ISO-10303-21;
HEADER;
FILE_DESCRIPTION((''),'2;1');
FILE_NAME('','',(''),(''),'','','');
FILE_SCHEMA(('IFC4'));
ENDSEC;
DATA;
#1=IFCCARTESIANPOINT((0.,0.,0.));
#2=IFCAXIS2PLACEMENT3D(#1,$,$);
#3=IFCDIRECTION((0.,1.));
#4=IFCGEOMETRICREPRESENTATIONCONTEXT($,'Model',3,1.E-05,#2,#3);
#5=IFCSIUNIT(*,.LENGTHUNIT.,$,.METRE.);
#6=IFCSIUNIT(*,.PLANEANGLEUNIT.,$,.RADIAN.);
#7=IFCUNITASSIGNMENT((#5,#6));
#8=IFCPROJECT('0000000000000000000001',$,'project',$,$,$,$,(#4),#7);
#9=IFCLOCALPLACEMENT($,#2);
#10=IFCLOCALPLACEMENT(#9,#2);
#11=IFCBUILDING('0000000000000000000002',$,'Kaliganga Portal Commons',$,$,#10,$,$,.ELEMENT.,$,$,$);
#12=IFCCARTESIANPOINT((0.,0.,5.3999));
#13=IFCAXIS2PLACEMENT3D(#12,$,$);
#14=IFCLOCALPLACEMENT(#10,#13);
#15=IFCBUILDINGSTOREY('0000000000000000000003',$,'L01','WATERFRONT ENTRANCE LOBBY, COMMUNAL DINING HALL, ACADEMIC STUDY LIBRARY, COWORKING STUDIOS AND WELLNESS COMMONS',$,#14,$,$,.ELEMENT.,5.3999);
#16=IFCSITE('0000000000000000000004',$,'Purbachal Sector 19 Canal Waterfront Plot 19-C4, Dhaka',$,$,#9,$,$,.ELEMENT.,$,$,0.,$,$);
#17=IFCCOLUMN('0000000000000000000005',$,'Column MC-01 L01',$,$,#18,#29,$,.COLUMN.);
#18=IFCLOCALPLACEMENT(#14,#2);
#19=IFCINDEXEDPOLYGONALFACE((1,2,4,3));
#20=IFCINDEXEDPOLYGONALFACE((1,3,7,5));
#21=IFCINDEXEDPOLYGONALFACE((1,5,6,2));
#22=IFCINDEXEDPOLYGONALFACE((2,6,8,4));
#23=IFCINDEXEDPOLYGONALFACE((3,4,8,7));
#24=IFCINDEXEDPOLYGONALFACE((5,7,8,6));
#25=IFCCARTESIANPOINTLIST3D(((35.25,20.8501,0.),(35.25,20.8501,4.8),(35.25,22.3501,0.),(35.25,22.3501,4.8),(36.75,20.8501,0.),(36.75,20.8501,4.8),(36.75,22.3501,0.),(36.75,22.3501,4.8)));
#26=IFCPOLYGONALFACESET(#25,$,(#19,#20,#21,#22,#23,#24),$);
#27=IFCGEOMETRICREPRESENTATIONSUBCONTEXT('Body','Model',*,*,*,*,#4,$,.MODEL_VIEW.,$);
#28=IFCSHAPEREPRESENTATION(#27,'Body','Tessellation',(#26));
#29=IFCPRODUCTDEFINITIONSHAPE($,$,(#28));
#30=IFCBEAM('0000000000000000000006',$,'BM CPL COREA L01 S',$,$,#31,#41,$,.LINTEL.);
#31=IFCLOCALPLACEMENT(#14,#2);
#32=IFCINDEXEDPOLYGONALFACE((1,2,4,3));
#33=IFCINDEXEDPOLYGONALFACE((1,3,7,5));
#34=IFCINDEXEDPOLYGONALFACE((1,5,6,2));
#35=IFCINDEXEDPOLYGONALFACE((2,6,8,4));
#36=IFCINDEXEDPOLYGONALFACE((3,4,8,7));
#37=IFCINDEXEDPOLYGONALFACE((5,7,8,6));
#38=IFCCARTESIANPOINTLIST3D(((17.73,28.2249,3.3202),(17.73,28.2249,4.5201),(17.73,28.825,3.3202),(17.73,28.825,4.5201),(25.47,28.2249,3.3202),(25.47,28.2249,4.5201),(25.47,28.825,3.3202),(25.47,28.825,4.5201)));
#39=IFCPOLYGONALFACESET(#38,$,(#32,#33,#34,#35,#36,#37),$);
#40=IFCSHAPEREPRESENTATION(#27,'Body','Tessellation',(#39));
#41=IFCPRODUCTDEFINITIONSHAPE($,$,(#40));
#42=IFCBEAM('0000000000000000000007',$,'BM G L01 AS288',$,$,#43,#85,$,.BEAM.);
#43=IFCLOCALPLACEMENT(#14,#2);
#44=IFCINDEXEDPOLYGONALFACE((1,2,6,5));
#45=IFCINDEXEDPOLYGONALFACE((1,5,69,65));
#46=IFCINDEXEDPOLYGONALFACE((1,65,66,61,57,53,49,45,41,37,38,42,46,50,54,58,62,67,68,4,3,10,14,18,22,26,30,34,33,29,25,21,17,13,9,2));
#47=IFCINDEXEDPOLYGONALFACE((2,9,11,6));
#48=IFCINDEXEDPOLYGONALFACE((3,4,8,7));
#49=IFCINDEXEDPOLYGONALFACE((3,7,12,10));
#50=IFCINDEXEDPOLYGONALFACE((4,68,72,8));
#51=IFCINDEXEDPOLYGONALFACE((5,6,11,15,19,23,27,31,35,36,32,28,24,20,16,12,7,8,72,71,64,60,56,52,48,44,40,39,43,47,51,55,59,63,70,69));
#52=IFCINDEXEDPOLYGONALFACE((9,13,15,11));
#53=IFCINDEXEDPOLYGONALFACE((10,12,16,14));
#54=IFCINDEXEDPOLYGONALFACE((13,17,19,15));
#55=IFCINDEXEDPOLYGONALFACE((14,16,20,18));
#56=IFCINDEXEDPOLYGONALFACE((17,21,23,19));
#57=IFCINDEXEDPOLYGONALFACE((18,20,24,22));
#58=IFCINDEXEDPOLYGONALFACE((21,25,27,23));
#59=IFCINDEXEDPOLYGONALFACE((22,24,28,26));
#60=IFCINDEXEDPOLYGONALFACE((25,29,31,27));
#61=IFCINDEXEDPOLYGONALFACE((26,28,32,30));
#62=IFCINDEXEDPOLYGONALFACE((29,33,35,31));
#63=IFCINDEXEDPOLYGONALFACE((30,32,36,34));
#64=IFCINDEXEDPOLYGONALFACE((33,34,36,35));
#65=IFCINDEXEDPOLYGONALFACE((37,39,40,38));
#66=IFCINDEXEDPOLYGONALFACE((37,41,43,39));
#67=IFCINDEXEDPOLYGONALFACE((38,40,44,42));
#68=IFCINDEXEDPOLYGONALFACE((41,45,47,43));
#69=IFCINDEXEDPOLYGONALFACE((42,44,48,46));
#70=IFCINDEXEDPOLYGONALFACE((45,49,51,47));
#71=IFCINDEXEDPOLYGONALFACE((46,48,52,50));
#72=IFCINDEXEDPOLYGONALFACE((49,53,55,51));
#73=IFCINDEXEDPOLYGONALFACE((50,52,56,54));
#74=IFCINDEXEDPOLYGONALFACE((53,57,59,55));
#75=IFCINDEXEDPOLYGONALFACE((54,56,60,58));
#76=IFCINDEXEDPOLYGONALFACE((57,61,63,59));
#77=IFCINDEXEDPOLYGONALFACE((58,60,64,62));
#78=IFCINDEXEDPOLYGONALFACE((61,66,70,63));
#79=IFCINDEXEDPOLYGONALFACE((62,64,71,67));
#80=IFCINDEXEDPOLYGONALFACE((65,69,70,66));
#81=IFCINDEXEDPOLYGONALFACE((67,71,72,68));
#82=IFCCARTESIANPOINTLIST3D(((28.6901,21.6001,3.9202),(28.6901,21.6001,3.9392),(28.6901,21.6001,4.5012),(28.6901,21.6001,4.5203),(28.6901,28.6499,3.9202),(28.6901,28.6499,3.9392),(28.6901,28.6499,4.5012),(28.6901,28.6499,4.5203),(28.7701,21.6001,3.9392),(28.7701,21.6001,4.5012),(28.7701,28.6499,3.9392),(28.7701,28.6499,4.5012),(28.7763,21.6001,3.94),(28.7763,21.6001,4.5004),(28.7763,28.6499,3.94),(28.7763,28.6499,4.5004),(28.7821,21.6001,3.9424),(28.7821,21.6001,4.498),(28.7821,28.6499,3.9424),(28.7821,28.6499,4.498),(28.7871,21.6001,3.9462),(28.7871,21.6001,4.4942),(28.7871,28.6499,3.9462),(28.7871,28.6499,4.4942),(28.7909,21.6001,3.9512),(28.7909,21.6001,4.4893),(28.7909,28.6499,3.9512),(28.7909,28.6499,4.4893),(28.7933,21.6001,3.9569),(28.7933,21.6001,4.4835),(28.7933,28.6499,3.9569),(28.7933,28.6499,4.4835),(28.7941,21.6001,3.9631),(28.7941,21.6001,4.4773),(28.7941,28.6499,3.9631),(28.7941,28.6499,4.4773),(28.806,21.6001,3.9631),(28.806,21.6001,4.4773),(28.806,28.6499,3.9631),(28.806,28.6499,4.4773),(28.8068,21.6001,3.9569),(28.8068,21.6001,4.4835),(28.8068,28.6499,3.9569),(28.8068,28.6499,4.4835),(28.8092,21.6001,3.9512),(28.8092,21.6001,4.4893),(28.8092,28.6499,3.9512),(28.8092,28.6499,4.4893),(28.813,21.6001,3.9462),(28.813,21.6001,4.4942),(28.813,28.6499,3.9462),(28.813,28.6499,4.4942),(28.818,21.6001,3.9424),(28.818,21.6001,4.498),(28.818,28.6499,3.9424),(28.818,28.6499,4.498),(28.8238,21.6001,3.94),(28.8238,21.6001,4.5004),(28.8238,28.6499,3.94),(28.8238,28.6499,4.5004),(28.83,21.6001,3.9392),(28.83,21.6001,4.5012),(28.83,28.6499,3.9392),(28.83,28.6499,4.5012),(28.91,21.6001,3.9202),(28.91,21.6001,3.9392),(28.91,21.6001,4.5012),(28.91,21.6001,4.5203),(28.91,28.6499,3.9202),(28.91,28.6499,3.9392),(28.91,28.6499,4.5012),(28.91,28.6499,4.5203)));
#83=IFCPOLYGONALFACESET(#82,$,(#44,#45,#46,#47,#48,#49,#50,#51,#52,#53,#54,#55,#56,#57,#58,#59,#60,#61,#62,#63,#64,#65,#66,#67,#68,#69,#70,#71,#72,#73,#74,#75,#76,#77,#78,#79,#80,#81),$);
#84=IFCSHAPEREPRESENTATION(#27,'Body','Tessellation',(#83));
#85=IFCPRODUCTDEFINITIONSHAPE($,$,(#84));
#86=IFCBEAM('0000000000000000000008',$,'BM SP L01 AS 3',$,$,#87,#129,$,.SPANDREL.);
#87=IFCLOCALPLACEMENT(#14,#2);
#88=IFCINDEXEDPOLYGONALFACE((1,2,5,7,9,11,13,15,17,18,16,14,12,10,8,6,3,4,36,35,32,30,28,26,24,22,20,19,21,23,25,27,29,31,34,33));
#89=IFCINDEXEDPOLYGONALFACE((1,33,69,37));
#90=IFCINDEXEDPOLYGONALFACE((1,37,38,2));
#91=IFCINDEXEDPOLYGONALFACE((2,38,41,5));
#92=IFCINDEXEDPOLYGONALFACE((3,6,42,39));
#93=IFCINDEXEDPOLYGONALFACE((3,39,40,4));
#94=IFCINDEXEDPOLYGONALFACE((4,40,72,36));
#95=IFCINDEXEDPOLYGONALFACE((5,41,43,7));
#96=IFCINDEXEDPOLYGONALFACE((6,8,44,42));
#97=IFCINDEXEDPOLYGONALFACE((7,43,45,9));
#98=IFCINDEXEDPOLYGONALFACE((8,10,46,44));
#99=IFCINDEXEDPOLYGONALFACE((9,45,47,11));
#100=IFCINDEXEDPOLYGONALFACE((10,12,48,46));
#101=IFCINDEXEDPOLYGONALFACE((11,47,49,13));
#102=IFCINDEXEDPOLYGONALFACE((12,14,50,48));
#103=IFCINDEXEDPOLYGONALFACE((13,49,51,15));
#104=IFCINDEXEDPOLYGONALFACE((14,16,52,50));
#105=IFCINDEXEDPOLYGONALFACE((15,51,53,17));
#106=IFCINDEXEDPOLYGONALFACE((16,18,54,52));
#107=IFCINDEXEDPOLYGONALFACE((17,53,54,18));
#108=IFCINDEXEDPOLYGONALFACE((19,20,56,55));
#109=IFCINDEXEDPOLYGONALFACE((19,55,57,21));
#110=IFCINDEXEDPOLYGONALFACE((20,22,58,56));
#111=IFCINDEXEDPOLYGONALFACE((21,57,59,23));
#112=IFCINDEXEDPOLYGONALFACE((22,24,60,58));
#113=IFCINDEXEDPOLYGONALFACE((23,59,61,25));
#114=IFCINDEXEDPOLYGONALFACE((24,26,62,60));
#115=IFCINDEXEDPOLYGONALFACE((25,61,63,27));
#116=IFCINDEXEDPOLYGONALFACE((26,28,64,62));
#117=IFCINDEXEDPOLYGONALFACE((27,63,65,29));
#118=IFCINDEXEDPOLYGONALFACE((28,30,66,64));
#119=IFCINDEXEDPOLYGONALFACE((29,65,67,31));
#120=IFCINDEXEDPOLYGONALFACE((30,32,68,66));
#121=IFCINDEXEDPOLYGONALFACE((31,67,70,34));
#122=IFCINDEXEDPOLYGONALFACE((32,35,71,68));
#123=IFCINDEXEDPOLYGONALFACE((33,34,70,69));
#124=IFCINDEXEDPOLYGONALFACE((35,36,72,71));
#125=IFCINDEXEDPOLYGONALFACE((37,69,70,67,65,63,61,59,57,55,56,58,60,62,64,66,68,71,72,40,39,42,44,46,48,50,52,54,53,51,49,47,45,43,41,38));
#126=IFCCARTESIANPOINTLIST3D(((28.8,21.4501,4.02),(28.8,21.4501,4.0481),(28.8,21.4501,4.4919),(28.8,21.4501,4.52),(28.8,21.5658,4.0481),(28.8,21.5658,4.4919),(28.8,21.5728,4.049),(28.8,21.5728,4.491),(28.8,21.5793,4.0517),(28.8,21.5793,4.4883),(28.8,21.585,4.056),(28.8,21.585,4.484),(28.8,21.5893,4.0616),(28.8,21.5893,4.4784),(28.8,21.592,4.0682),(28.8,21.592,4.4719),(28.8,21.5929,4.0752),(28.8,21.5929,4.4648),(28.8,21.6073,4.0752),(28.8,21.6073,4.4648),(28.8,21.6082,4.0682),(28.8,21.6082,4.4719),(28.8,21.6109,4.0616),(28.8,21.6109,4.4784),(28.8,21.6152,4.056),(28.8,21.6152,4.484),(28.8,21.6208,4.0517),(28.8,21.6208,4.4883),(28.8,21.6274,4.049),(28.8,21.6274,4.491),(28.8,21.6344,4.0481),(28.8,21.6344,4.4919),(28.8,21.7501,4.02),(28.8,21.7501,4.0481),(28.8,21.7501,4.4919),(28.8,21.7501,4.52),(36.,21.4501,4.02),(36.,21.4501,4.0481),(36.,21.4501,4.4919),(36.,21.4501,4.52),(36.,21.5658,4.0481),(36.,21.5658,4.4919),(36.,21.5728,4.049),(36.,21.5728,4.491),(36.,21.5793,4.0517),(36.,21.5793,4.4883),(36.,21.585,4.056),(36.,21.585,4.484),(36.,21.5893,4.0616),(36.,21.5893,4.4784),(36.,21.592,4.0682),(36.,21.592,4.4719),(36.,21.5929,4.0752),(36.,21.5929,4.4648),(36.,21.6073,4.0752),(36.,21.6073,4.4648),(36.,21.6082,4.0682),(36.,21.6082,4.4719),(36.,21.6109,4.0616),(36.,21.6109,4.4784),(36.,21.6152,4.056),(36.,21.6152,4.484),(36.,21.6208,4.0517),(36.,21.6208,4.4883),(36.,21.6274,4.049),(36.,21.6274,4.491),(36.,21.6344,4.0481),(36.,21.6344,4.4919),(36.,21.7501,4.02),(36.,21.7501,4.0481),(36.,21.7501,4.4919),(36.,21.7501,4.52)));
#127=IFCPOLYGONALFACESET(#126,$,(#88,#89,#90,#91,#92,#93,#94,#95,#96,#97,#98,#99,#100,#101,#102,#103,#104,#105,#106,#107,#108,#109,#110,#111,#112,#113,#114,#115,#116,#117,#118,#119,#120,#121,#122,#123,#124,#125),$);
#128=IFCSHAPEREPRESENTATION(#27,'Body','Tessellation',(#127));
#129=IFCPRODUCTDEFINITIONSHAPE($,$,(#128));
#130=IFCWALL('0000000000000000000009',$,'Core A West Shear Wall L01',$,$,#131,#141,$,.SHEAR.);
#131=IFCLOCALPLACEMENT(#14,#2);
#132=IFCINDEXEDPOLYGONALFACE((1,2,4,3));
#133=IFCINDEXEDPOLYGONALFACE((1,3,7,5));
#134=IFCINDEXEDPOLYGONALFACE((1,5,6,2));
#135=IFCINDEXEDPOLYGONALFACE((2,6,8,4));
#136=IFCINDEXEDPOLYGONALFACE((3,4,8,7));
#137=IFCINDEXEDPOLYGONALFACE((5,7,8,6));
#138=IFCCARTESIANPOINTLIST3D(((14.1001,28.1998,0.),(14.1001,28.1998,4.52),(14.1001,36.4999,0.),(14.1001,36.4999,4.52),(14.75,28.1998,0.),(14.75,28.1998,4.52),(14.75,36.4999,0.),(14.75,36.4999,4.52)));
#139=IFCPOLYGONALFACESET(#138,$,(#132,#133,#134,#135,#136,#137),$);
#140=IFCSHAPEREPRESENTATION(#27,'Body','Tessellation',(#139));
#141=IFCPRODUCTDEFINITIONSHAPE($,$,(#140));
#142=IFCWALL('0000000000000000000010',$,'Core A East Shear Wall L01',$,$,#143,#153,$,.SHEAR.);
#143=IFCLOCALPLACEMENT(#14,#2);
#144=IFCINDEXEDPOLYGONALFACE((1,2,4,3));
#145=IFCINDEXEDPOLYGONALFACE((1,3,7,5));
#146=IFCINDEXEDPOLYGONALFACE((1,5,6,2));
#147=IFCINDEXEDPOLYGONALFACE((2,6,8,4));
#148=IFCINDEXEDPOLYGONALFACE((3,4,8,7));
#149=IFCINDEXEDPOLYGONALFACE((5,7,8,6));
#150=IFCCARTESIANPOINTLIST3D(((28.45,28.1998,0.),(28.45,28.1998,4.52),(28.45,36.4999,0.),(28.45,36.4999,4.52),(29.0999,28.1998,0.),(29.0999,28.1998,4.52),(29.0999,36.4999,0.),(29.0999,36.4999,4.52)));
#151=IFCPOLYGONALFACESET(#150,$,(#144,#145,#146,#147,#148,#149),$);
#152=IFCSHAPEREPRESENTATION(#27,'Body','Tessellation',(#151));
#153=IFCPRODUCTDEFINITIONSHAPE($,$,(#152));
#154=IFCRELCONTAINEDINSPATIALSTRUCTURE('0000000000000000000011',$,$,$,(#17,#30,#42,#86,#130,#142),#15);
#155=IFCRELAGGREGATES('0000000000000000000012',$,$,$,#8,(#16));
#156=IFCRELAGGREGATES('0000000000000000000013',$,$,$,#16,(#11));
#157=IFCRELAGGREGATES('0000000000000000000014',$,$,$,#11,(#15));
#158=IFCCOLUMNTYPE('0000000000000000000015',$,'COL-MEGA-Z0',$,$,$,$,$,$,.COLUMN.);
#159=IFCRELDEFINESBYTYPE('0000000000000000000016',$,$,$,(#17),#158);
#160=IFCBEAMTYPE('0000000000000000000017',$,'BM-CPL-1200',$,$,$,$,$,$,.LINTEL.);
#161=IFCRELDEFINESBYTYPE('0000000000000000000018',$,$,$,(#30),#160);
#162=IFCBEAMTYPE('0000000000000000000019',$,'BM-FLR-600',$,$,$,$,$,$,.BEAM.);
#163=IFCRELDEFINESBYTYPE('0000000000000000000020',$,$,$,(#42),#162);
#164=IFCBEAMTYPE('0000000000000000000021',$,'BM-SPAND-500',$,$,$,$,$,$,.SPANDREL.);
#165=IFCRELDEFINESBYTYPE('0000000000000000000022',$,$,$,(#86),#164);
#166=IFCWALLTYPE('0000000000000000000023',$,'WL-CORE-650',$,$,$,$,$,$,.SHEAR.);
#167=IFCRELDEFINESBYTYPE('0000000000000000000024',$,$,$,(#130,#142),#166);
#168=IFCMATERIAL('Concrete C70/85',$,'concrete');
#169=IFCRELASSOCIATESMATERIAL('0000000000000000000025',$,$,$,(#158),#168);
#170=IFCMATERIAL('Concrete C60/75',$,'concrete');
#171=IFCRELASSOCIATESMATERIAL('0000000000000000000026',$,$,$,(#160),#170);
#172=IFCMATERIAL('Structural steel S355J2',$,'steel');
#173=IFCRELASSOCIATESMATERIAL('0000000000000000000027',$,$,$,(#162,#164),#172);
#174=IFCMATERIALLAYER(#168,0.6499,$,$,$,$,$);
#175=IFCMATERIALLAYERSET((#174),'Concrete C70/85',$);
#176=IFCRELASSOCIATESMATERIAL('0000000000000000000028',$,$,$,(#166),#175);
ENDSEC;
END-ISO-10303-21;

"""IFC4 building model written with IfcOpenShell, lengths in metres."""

from ifc_helpers import new_model, si_unit, direction, frame, frame_2d, origin, origin_2d, place, context, subcontext, project, spatial, rectangle, i_section, extrude, source, transform, mapped, material, layer, layer_set, material_profile, profile_set, type_object, element, save


model = new_model("IFC4")

# Units and contexts
model_context = context("Model", 3, precision=1e-05, world=origin(), true_north=direction((0.0, 1.0)))
body_context = subcontext(model_context, "Body", "Model", "MODEL_VIEW")
ifc_project = project(units=[si_unit("LENGTHUNIT", "METRE"), si_unit("PLANEANGLEUNIT", "RADIAN")], contexts=[model_context])

# Site, building, storey
site_placement = place(None, origin())
site = spatial("IfcSite", under=ifc_project, at=site_placement, Name="Purbachal Sector 19 Canal Waterfront Plot 19-C4, Dhaka", CompositionType="ELEMENT", RefElevation=0.0)
building_placement = place(site_placement, origin())
building = spatial("IfcBuilding", under=site, at=building_placement, Name="Kaliganga Portal Commons", CompositionType="ELEMENT")
storey_placement = place(building_placement, frame((0.0, 0.0, 5.3999)))
storey = spatial("IfcBuildingStorey", under=building, at=storey_placement, Name="L01", Description="WATERFRONT ENTRANCE LOBBY, COMMUNAL DINING HALL, ACADEMIC STUDY LIBRARY, COWORKING STUDIOS AND WELLNESS COMMONS", CompositionType="ELEMENT", Elevation=5.3999)

# Column
ifc_material_1 = material(Name="Concrete C70/85", Category="concrete")
ifc_material_profile_1 = material_profile(ifc_material_1, rectangle(XDim=1.5, YDim=1.5, at=origin_2d()), Name="RC 1500x1500")
ifc_profile_set_1 = profile_set([ifc_material_profile_1], Name="Concrete C70/85")
column_type = type_object("IfcColumnType", Name="COL-MEGA-Z0", PredefinedType="COLUMN", material=ifc_profile_set_1)
shared_shape_1 = source(origin(), body_context, "Body", "SweptSolid", [
    extrude(rectangle(XDim=1.5, YDim=1.5, at=origin_2d()), origin(), (0.0, 0.0, 1.0), 4.8),
])
column_placement = place(storey_placement, frame((36.0, 21.6001, 0.0), z_axis=(0.0, 0.0, 1.0), x_axis=(1.0, 0.0, 0.0)))
element("IfcColumn", 1, at=column_placement, inside=storey, type_object=column_type, Name="Column MC-01 L01", PredefinedType="COLUMN", context=body_context, shape_type="MappedRepresentation", body=[
    mapped(shared_shape_1, transform((0.0, 0.0, 0.0), x_axis=(1.0, 0.0, 0.0), y_axis=(0.0, 1.0, 0.0), z_axis=(0.0, 0.0, 1.0), scale=1.0)),
])

# Beams
ifc_material_2 = material(Name="Concrete C60/75", Category="concrete")
ifc_material_profile_2 = material_profile(ifc_material_2, rectangle(XDim=0.6001, YDim=1.2, at=origin_2d()), Name="RC 600x1200")
ifc_profile_set_2 = profile_set([ifc_material_profile_2], Name="Concrete C60/75")
beam_type_1 = type_object("IfcBeamType", Name="BM-CPL-1200", PredefinedType="LINTEL", material=ifc_profile_set_2)
shared_shape_2 = source(origin(), body_context, "Body", "SweptSolid", [
    extrude(rectangle(XDim=0.6001, YDim=1.2, at=origin_2d()), origin(), (0.0, 0.0, 1.0), 7.74),
])
beam_1_placement = place(storey_placement, frame((17.73, 28.5249, 3.9202), z_axis=(1.0, 0.0, 0.0), x_axis=(0.0, 1.0, 0.0)))
element("IfcBeam", 2, at=beam_1_placement, inside=storey, type_object=beam_type_1, Name="BM CPL COREA L01 S", PredefinedType="LINTEL", context=body_context, shape_type="MappedRepresentation", body=[
    mapped(shared_shape_2, transform((0.0, 0.0, 0.0), x_axis=(1.0, 0.0, 0.0), y_axis=(0.0, 1.0, 0.0), z_axis=(0.0, 0.0, 1.0), scale=1.0)),
])
ifc_material_3 = material(Name="Structural steel S355J2", Category="steel")
ifc_material_profile_3 = material_profile(ifc_material_3, i_section(OverallWidth=0.22, OverallDepth=0.6001, WebThickness=0.012, FlangeThickness=0.019, FilletRadius=0.0239, at=origin_2d()), Name="IPE 600")
ifc_profile_set_3 = profile_set([ifc_material_profile_3], Name="Structural steel S355J2 wide-flange")
beam_type_2 = type_object("IfcBeamType", Name="BM-FLR-600", PredefinedType="BEAM", material=ifc_profile_set_3)
shared_shape_3 = source(origin(), body_context, "Body", "SweptSolid", [
    extrude(i_section(OverallWidth=0.22, OverallDepth=0.6001, WebThickness=0.012, FlangeThickness=0.019, FilletRadius=0.0239, at=origin_2d()), origin(), (0.0, 0.0, 1.0), 7.0498),
])
beam_2_placement = place(storey_placement, frame((28.8, 21.6001, 4.2202), z_axis=(0.0, 1.0, 0.0), x_axis=(-1.0, 0.0, 0.0)))
element("IfcBeam", 3, at=beam_2_placement, inside=storey, type_object=beam_type_2, Name="BM G L01 AS288", PredefinedType="BEAM", context=body_context, shape_type="MappedRepresentation", body=[
    mapped(shared_shape_3, transform((0.0, 0.0, 0.0), x_axis=(1.0, 0.0, 0.0), y_axis=(0.0, 1.0, 0.0), z_axis=(0.0, 0.0, 1.0), scale=1.0)),
])
ifc_material_profile_4 = material_profile(ifc_material_3, i_section(OverallWidth=0.3, OverallDepth=0.5, WebThickness=0.0144, FlangeThickness=0.0281, FilletRadius=0.0271, at=origin_2d()), Name="HE 500 B")
ifc_profile_set_4 = profile_set([ifc_material_profile_4], Name="Structural steel S355J2 wide-flange")
beam_type_3 = type_object("IfcBeamType", Name="BM-SPAND-500", PredefinedType="SPANDREL", material=ifc_profile_set_4)
shared_shape_4 = source(origin(), body_context, "Body", "SweptSolid", [
    extrude(i_section(OverallWidth=0.3, OverallDepth=0.5, WebThickness=0.0144, FlangeThickness=0.0281, FilletRadius=0.0271, at=origin_2d()), origin(), (0.0, 0.0, 1.0), 7.2),
])
beam_3_placement = place(storey_placement, frame((28.8, 21.6001, 4.27), z_axis=(1.0, 0.0, 0.0), x_axis=(0.0, 1.0, 0.0)))
element("IfcBeam", 4, at=beam_3_placement, inside=storey, type_object=beam_type_3, Name="BM SP L01 AS 3", PredefinedType="SPANDREL", context=body_context, shape_type="MappedRepresentation", body=[
    mapped(shared_shape_4, transform((0.0, 0.0, 0.0), x_axis=(1.0, 0.0, 0.0), y_axis=(0.0, 1.0, 0.0), z_axis=(0.0, 0.0, 1.0), scale=1.0)),
])

# Walls
ifc_layer_1 = layer(ifc_material_1, 0.6499)
ifc_layer_set_1 = layer_set([ifc_layer_1], Name="Concrete C70/85")
wall_type_1 = type_object("IfcWallType", Name="WL-CORE-650", PredefinedType="SHEAR", material=ifc_layer_set_1)
for number, where, z_axis, x_axis, name in (
    (5, (14.425, 28.2, 0.0), (0.0, 0.0, 1.0), (0.0, 1.0, 0.0), "Core A West Shear Wall L01"),
    (6, (28.7749, 28.2, 0.0), (0.0, 0.0, 1.0), (0.0, 1.0, 0.0), "Core A East Shear Wall L01"),
):
    element("IfcWall", number, at=place(storey_placement, frame(where, z_axis=z_axis, x_axis=x_axis)), inside=storey, type_object=wall_type_1, Name=name, PredefinedType="SHEAR", context=body_context, shape_type="SweptSolid", body=[
        extrude(rectangle(XDim=8.3, YDim=0.6499, at=frame_2d((4.1499, 0.0))), origin(), (0.0, 0.0, 1.0), 4.52),
    ])

save(model, "model.ifc")
